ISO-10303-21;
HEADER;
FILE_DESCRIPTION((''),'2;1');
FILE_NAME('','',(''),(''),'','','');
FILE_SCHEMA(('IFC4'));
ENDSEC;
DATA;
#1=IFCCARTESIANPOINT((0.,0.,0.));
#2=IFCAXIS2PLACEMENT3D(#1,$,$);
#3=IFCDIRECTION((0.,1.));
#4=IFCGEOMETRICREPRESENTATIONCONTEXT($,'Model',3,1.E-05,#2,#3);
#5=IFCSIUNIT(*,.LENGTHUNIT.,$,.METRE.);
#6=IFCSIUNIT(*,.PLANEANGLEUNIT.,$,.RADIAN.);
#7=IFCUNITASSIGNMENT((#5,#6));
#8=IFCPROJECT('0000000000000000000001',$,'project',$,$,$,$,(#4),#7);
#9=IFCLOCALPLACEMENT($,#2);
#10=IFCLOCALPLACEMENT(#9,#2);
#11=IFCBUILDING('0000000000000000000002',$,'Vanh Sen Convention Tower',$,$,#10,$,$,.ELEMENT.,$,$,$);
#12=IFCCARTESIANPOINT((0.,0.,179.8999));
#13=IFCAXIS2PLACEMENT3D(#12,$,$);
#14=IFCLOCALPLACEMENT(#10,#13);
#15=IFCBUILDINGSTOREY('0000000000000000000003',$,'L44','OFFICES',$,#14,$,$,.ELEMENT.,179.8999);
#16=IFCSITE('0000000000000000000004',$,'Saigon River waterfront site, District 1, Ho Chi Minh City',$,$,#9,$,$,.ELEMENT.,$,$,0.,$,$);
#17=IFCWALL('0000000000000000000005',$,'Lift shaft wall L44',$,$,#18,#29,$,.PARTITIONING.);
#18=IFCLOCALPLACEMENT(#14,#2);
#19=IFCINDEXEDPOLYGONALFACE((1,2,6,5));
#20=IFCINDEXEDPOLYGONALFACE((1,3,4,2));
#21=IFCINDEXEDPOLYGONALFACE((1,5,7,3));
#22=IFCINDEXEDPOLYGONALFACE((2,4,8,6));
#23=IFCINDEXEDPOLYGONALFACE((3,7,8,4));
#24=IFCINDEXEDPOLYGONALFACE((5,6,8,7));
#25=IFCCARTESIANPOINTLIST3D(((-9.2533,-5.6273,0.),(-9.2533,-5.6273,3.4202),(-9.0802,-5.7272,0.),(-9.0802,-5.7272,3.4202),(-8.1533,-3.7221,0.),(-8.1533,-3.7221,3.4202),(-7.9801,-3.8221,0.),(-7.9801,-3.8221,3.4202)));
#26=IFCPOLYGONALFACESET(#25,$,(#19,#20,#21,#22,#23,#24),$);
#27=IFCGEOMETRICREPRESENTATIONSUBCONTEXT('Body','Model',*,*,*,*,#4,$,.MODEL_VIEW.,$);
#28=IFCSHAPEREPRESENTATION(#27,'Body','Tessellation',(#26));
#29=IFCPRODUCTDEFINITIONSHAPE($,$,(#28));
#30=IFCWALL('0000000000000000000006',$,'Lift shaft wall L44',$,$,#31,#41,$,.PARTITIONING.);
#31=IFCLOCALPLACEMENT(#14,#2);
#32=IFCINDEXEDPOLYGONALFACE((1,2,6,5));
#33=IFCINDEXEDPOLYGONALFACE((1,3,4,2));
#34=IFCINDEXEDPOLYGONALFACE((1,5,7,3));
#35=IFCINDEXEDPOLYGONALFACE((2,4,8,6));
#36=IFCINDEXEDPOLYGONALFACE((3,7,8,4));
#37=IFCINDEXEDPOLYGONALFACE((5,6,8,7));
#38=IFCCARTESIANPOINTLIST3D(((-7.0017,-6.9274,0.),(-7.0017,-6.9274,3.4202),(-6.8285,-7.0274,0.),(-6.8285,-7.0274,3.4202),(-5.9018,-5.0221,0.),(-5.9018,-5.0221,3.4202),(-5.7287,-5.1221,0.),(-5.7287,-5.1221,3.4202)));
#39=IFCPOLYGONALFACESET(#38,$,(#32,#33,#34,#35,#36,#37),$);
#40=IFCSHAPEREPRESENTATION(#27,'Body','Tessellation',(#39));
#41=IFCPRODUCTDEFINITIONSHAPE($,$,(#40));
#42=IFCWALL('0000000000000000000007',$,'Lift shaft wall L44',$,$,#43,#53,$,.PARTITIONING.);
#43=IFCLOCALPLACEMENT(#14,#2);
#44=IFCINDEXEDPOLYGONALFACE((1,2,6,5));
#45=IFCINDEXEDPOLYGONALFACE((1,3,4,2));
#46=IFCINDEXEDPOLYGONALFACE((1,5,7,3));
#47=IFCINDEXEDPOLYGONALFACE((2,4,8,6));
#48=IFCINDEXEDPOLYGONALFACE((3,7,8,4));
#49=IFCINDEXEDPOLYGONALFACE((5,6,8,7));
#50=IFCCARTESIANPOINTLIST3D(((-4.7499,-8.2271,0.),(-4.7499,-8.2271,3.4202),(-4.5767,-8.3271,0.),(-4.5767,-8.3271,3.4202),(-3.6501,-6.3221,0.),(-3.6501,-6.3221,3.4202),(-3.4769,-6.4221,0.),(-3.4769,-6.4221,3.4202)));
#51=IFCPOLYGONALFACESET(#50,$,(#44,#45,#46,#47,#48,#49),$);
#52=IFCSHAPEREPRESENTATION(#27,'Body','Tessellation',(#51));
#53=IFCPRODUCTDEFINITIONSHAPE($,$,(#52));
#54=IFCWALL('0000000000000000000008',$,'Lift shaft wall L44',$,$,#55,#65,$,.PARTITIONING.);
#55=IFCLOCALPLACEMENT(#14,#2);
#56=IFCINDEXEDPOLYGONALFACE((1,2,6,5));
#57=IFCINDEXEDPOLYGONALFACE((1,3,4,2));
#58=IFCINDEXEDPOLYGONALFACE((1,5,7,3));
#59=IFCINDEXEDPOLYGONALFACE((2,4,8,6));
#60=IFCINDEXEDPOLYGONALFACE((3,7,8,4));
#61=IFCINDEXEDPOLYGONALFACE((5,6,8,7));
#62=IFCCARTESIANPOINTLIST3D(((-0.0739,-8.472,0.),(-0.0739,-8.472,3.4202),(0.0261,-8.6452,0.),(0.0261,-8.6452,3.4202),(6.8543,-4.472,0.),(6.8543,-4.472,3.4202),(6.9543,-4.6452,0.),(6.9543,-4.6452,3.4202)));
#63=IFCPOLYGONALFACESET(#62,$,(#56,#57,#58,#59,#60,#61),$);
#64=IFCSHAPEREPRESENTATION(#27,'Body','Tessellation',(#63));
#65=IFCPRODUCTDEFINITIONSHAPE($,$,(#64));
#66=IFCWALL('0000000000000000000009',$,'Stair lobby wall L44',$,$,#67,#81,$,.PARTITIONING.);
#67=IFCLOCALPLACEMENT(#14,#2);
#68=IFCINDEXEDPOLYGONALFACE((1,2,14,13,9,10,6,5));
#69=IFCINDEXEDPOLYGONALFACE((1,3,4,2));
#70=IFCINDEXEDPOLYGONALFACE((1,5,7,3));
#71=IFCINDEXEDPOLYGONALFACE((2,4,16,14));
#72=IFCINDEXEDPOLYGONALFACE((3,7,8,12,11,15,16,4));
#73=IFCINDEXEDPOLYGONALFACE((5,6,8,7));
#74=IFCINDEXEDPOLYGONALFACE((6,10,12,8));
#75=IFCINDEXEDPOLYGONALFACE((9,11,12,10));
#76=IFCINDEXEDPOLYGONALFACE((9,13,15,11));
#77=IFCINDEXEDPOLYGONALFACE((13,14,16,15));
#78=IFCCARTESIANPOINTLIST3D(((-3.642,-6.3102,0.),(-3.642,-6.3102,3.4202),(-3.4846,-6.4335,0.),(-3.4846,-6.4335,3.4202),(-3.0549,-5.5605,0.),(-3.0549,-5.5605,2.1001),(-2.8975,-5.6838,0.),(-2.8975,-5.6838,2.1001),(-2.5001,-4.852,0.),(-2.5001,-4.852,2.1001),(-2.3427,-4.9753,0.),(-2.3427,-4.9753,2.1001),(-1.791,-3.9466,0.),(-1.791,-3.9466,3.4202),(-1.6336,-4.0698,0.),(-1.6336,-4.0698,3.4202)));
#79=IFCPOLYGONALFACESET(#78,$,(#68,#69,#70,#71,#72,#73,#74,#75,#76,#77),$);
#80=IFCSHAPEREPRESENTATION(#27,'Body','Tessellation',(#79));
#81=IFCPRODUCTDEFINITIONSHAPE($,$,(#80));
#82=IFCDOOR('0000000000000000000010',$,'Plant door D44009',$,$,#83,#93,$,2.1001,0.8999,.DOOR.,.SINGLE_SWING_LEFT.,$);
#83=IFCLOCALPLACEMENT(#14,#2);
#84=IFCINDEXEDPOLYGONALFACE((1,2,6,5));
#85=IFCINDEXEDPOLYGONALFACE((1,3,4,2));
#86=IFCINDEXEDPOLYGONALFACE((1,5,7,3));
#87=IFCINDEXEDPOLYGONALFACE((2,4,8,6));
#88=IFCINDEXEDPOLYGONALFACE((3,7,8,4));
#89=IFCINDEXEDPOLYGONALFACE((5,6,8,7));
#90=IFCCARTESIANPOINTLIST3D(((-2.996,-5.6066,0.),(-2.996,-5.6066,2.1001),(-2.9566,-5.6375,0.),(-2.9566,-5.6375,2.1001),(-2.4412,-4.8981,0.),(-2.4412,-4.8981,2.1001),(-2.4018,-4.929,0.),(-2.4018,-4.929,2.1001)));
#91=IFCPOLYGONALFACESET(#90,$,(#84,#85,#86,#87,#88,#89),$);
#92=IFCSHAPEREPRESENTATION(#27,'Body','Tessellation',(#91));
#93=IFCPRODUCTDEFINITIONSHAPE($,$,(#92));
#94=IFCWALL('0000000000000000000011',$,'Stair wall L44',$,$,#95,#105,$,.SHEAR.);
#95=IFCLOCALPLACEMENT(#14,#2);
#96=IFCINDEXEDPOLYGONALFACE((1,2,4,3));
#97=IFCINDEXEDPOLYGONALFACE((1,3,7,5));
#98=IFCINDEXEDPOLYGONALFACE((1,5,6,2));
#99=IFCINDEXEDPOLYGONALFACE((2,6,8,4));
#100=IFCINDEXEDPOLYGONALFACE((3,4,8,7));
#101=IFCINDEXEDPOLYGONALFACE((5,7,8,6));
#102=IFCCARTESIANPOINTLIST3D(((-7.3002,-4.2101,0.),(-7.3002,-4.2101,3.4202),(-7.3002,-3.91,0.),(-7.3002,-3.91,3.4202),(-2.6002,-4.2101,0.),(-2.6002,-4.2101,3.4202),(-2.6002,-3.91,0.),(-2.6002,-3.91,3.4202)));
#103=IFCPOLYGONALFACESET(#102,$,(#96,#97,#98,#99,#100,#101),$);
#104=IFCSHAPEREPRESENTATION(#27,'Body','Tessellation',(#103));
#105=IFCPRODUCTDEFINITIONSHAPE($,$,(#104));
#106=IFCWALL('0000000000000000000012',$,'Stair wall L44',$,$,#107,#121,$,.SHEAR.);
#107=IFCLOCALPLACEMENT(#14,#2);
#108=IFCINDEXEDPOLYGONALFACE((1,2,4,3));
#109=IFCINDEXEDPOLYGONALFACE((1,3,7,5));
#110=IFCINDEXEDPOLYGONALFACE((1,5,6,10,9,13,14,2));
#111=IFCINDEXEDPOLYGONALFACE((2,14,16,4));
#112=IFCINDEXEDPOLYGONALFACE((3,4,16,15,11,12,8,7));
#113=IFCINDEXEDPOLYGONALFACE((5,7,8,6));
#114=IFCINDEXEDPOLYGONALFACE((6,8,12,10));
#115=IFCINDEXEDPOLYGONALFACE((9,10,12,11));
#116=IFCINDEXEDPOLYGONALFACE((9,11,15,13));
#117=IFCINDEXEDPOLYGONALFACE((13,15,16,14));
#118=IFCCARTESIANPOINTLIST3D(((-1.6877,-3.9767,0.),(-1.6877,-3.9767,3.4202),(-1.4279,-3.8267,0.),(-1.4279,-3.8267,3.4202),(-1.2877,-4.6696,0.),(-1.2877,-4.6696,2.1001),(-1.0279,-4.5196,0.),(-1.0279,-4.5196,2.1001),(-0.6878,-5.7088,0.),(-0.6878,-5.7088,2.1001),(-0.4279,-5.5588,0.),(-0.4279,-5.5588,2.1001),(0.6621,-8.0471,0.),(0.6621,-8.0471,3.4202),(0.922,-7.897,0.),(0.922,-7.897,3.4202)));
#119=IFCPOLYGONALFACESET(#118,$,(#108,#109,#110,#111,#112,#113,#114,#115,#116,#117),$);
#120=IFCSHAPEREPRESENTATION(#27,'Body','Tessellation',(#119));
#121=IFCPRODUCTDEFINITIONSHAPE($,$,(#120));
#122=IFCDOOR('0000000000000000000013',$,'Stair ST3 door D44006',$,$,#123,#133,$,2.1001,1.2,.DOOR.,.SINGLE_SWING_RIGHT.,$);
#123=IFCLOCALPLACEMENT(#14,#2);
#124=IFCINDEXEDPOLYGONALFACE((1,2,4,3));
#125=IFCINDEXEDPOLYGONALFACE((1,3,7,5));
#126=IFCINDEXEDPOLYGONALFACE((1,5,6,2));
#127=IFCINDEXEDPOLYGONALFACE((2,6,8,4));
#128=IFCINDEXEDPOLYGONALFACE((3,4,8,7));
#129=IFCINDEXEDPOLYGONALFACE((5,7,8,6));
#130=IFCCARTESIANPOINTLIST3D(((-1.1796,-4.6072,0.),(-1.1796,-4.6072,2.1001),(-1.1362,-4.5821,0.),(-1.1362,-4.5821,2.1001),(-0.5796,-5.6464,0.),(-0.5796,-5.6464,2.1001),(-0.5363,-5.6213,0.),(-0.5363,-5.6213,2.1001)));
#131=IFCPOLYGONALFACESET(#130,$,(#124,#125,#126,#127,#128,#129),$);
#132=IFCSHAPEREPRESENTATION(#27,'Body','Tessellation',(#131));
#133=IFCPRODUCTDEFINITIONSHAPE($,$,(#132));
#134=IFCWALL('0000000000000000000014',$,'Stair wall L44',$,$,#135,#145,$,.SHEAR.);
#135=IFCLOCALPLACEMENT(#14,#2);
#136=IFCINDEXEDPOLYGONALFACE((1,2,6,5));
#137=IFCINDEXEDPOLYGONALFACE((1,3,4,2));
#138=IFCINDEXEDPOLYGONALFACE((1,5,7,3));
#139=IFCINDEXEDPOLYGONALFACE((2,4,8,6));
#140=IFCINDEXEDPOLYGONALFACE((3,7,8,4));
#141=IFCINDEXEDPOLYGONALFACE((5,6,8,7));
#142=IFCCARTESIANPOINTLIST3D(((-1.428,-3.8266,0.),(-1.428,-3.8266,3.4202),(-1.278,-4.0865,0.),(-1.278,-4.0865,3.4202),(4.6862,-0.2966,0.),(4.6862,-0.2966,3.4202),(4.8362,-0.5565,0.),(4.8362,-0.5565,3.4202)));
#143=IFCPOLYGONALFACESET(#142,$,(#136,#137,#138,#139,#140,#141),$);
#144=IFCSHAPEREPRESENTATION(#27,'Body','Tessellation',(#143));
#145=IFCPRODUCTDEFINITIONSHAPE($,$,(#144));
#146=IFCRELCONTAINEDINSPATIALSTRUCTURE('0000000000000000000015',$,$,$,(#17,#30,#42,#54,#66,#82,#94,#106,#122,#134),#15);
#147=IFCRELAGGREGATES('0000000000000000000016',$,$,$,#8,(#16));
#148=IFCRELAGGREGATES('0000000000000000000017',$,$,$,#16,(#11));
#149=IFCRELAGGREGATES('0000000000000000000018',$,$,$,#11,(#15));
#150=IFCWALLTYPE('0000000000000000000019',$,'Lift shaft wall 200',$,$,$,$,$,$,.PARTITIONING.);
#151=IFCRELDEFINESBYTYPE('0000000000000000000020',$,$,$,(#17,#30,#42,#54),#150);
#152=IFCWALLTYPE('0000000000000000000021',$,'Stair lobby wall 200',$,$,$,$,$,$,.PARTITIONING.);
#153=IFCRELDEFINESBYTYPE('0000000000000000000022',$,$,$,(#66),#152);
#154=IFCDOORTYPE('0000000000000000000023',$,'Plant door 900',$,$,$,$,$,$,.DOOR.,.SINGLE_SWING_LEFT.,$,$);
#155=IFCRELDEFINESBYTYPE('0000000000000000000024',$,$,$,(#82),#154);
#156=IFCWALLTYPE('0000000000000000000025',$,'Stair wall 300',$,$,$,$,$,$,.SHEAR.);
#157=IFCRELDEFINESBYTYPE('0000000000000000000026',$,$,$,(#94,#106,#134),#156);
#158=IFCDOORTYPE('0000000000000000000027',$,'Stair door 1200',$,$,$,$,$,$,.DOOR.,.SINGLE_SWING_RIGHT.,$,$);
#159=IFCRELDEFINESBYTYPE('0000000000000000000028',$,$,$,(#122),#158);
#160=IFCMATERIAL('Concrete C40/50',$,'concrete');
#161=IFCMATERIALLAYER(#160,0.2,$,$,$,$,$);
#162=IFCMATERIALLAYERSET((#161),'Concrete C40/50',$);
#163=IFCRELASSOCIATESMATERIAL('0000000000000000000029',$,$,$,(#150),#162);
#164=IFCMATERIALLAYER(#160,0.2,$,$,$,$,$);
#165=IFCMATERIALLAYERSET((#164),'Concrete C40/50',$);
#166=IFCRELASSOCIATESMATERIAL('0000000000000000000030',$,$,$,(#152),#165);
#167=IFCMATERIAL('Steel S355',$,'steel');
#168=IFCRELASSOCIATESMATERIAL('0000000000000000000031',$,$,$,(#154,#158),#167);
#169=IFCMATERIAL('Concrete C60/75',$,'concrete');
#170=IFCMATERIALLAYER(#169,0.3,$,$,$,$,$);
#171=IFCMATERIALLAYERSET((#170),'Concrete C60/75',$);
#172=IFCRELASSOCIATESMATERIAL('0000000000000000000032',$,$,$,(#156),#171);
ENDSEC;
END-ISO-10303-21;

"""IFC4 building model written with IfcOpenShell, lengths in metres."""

from ifc_helpers import new_model, si_unit, direction, frame, frame_2d, origin, place, context, subcontext, project, spatial, rectangle, extrude, material, layer, layer_set, type_object, element, fill, save


model = new_model("IFC4")

# Units and contexts
model_context = context("Model", 3, precision=1e-05, world=origin(), true_north=direction((0.0, 1.0)))
body_context = subcontext(model_context, "Body", "Model", "MODEL_VIEW")
ifc_project = project(units=[si_unit("LENGTHUNIT", "METRE"), si_unit("PLANEANGLEUNIT", "RADIAN")], contexts=[model_context])

# Site, building, storey
site_placement = place(None, origin())
site = spatial("IfcSite", under=ifc_project, at=site_placement, Name="Saigon River waterfront site, District 1, Ho Chi Minh City", CompositionType="ELEMENT", RefElevation=0.0)
building_placement = place(site_placement, origin())
building = spatial("IfcBuilding", under=site, at=building_placement, Name="Vanh Sen Convention Tower", CompositionType="ELEMENT")
storey_placement = place(building_placement, frame((0.0, 0.0, 179.8999)))
storey = spatial("IfcBuildingStorey", under=building, at=storey_placement, Name="L44", Description="OFFICES", CompositionType="ELEMENT", Elevation=179.8999)

# Shared definitions
ifc_material_1 = material(Name="Concrete C40/50", Category="concrete")

# Shared definitions
ifc_material_2 = material(Name="Steel S355", Category="steel")

# Walls
ifc_layer_1 = layer(ifc_material_1, 0.2)
ifc_layer_set_1 = layer_set([ifc_layer_1], Name="Concrete C40/50")
wall_type_1 = type_object("IfcWallType", Name="Lift shaft wall 200", PredefinedType="PARTITIONING", material=ifc_layer_set_1)
for number, where, z_axis, x_axis, name in (
    (1, (-8.0667, -3.772, 0.0), (0.0, 0.0, 1.0), (-0.50003, -0.866008, 0.0), "Lift shaft wall L44"),
    (2, (-5.8152, -5.072, 0.0), (0.0, 0.0, 1.0), (-0.499947, -0.866056, 0.0), "Lift shaft wall L44"),
):
    element("IfcWall", number, at=place(storey_placement, frame(where, z_axis=z_axis, x_axis=x_axis)), inside=storey, type_object=wall_type_1, Name=name, PredefinedType="PARTITIONING", context=body_context, shape_type="SweptSolid", body=[
        extrude(rectangle(XDim=2.2, YDim=0.2, at=frame_2d((1.1001, 0.0))), origin(), (0.0, 0.0, 1.0), 3.4202),
    ])
wall_1_placement = place(storey_placement, frame((-3.5635, -6.3721, 0.0), z_axis=(0.0, 0.0, 1.0), x_axis=(-0.499995, -0.866028, 0.0)))
element("IfcWall", 3, at=wall_1_placement, inside=storey, type_object=wall_type_1, Name="Lift shaft wall L44", PredefinedType="PARTITIONING", context=body_context, shape_type="SweptSolid", body=[
    extrude(rectangle(XDim=2.1997, YDim=0.2, at=frame_2d((1.0999, 0.0))), origin(), (0.0, 0.0, 1.0), 3.4202),
])
wall_2_placement = place(storey_placement, frame((-0.0239, -8.5586, 0.0), z_axis=(0.0, 0.0, 1.0), x_axis=(0.866026, 0.499999, 0.0)))
element("IfcWall", 4, at=wall_2_placement, inside=storey, type_object=wall_type_1, Name="Lift shaft wall L44", PredefinedType="PARTITIONING", context=body_context, shape_type="SweptSolid", body=[
    extrude(rectangle(XDim=8.0, YDim=0.2, at=frame_2d((4.0, 0.0))), origin(), (0.0, 0.0, 1.0), 3.4202),
])

# Wall, opening, door
ifc_layer_2 = layer(ifc_material_1, 0.2)
ifc_layer_set_2 = layer_set([ifc_layer_2], Name="Concrete C40/50")
wall_type_2 = type_object("IfcWallType", Name="Stair lobby wall 200", PredefinedType="PARTITIONING", material=ifc_layer_set_2)
wall_3_placement = place(storey_placement, frame((-1.7124, -4.0083, 0.0), z_axis=(0.0, 0.0, 1.0), x_axis=(-0.616549, -0.787316, 0.0)))
wall_3 = element("IfcWall", 5, at=wall_3_placement, inside=storey, type_object=wall_type_2, Name="Stair lobby wall L44", PredefinedType="PARTITIONING", context=body_context, shape_type="SweptSolid", body=[
    extrude(rectangle(XDim=3.0022, YDim=0.2, at=frame_2d((1.501, 0.0))), origin(), (0.0, 0.0, 1.0), 3.4202),
])
opening_1_placement = place(wall_3_placement, frame((1.1499, 0.0, 0.0)))
opening_1 = element("IfcOpeningElement", 6, at=opening_1_placement, cuts=wall_3, PredefinedType="OPENING", context=body_context, shape_type="SweptSolid", body=[
    extrude(rectangle(XDim=0.8999, YDim=2.1001, at=frame_2d((0.45, 1.05))), frame((0.0, 0.1099, 0.0), z_axis=(0.0, -1.0, 0.0), x_axis=(1.0, 0.0, 0.0)), (0.0, 0.0, 1.0), 0.22),
])
door_type_1 = type_object("IfcDoorType", Name="Plant door 900", OperationType="SINGLE_SWING_LEFT", PredefinedType="DOOR", material=ifc_material_2)
door_1_placement = place(opening_1_placement, origin())
door_1 = element("IfcDoor", 7, at=door_1_placement, inside=storey, type_object=door_type_1, Name="Plant door D44009", OperationType="SINGLE_SWING_LEFT", OverallHeight=2.1001, OverallWidth=0.8999, PredefinedType="DOOR", context=body_context, shape_type="SweptSolid", body=[
    extrude(rectangle(XDim=0.8999, YDim=2.1001, at=frame_2d((0.45, 1.05))), frame((0.0, 0.0249, 0.0), z_axis=(0.0, -1.0, 0.0), x_axis=(1.0, 0.0, 0.0)), (0.0, 0.0, 1.0), 0.05),
])
fill(opening_1, door_1)

# Wall
ifc_material_3 = material(Name="Concrete C60/75", Category="concrete")
ifc_layer_3 = layer(ifc_material_3, 0.3)
ifc_layer_set_3 = layer_set([ifc_layer_3], Name="Concrete C60/75")
wall_type_3 = type_object("IfcWallType", Name="Stair wall 300", PredefinedType="SHEAR", material=ifc_layer_set_3)
wall_4_placement = place(storey_placement, frame((-2.6001, -4.0601, 0.0), z_axis=(0.0, 0.0, 1.0), x_axis=(-1.0, 0.0, 0.0)))
element("IfcWall", 8, at=wall_4_placement, inside=storey, type_object=wall_type_3, Name="Stair wall L44", PredefinedType="SHEAR", context=body_context, shape_type="SweptSolid", body=[
    extrude(rectangle(XDim=4.7, YDim=0.3, at=frame_2d((2.3501, 0.0))), origin(), (0.0, 0.0, 1.0), 3.4202),
])

# Wall, opening, door
wall_5_placement = place(storey_placement, frame((-1.5579, -3.9016, 0.0), z_axis=(0.0, 0.0, 1.0), x_axis=(0.499977, -0.866039, 0.0)))
wall_5 = element("IfcWall", 9, at=wall_5_placement, inside=storey, type_object=wall_type_3, Name="Stair wall L44", PredefinedType="SHEAR", context=body_context, shape_type="SweptSolid", body=[
    extrude(rectangle(XDim=4.7, YDim=0.3, at=frame_2d((2.3501, 0.0))), origin(), (0.0, 0.0, 1.0), 3.4202),
])
opening_2_placement = place(wall_5_placement, frame((0.8, 0.0, 0.0)))
opening_2 = element("IfcOpeningElement", 10, at=opening_2_placement, cuts=wall_5, PredefinedType="OPENING", context=body_context, shape_type="SweptSolid", body=[
    extrude(rectangle(XDim=1.2, YDim=2.1001, at=frame_2d((0.6001, 1.05))), frame((0.0, 0.1599, 0.0), z_axis=(0.0, -1.0, 0.0), x_axis=(1.0, 0.0, 0.0)), (0.0, 0.0, 1.0), 0.3201),
])
door_type_2 = type_object("IfcDoorType", Name="Stair door 1200", OperationType="SINGLE_SWING_RIGHT", PredefinedType="DOOR", material=ifc_material_2)
door_2_placement = place(opening_2_placement, origin())
door_2 = element("IfcDoor", 11, at=door_2_placement, inside=storey, type_object=door_type_2, Name="Stair ST3 door D44006", OperationType="SINGLE_SWING_RIGHT", OverallHeight=2.1001, OverallWidth=1.2, PredefinedType="DOOR", context=body_context, shape_type="SweptSolid", body=[
    extrude(rectangle(XDim=1.2, YDim=2.1001, at=frame_2d((0.6001, 1.05))), frame((0.0, 0.0249, 0.0), z_axis=(0.0, -1.0, 0.0), x_axis=(1.0, 0.0, 0.0)), (0.0, 0.0, 1.0), 0.05),
])
fill(opening_2, door_2)

# Wall
wall_6_placement = place(storey_placement, frame((-1.353, -3.9565, 0.0), z_axis=(0.0, 0.0, 1.0), x_axis=(0.866028, 0.499996, 0.0)))
element("IfcWall", 12, at=wall_6_placement, inside=storey, type_object=wall_type_3, Name="Stair wall L44", PredefinedType="SHEAR", context=body_context, shape_type="SweptSolid", body=[
    extrude(rectangle(XDim=7.0601, YDim=0.3, at=frame_2d((3.53, 0.0))), origin(), (0.0, 0.0, 1.0), 3.4202),
])

save(model, "model.ifc")
